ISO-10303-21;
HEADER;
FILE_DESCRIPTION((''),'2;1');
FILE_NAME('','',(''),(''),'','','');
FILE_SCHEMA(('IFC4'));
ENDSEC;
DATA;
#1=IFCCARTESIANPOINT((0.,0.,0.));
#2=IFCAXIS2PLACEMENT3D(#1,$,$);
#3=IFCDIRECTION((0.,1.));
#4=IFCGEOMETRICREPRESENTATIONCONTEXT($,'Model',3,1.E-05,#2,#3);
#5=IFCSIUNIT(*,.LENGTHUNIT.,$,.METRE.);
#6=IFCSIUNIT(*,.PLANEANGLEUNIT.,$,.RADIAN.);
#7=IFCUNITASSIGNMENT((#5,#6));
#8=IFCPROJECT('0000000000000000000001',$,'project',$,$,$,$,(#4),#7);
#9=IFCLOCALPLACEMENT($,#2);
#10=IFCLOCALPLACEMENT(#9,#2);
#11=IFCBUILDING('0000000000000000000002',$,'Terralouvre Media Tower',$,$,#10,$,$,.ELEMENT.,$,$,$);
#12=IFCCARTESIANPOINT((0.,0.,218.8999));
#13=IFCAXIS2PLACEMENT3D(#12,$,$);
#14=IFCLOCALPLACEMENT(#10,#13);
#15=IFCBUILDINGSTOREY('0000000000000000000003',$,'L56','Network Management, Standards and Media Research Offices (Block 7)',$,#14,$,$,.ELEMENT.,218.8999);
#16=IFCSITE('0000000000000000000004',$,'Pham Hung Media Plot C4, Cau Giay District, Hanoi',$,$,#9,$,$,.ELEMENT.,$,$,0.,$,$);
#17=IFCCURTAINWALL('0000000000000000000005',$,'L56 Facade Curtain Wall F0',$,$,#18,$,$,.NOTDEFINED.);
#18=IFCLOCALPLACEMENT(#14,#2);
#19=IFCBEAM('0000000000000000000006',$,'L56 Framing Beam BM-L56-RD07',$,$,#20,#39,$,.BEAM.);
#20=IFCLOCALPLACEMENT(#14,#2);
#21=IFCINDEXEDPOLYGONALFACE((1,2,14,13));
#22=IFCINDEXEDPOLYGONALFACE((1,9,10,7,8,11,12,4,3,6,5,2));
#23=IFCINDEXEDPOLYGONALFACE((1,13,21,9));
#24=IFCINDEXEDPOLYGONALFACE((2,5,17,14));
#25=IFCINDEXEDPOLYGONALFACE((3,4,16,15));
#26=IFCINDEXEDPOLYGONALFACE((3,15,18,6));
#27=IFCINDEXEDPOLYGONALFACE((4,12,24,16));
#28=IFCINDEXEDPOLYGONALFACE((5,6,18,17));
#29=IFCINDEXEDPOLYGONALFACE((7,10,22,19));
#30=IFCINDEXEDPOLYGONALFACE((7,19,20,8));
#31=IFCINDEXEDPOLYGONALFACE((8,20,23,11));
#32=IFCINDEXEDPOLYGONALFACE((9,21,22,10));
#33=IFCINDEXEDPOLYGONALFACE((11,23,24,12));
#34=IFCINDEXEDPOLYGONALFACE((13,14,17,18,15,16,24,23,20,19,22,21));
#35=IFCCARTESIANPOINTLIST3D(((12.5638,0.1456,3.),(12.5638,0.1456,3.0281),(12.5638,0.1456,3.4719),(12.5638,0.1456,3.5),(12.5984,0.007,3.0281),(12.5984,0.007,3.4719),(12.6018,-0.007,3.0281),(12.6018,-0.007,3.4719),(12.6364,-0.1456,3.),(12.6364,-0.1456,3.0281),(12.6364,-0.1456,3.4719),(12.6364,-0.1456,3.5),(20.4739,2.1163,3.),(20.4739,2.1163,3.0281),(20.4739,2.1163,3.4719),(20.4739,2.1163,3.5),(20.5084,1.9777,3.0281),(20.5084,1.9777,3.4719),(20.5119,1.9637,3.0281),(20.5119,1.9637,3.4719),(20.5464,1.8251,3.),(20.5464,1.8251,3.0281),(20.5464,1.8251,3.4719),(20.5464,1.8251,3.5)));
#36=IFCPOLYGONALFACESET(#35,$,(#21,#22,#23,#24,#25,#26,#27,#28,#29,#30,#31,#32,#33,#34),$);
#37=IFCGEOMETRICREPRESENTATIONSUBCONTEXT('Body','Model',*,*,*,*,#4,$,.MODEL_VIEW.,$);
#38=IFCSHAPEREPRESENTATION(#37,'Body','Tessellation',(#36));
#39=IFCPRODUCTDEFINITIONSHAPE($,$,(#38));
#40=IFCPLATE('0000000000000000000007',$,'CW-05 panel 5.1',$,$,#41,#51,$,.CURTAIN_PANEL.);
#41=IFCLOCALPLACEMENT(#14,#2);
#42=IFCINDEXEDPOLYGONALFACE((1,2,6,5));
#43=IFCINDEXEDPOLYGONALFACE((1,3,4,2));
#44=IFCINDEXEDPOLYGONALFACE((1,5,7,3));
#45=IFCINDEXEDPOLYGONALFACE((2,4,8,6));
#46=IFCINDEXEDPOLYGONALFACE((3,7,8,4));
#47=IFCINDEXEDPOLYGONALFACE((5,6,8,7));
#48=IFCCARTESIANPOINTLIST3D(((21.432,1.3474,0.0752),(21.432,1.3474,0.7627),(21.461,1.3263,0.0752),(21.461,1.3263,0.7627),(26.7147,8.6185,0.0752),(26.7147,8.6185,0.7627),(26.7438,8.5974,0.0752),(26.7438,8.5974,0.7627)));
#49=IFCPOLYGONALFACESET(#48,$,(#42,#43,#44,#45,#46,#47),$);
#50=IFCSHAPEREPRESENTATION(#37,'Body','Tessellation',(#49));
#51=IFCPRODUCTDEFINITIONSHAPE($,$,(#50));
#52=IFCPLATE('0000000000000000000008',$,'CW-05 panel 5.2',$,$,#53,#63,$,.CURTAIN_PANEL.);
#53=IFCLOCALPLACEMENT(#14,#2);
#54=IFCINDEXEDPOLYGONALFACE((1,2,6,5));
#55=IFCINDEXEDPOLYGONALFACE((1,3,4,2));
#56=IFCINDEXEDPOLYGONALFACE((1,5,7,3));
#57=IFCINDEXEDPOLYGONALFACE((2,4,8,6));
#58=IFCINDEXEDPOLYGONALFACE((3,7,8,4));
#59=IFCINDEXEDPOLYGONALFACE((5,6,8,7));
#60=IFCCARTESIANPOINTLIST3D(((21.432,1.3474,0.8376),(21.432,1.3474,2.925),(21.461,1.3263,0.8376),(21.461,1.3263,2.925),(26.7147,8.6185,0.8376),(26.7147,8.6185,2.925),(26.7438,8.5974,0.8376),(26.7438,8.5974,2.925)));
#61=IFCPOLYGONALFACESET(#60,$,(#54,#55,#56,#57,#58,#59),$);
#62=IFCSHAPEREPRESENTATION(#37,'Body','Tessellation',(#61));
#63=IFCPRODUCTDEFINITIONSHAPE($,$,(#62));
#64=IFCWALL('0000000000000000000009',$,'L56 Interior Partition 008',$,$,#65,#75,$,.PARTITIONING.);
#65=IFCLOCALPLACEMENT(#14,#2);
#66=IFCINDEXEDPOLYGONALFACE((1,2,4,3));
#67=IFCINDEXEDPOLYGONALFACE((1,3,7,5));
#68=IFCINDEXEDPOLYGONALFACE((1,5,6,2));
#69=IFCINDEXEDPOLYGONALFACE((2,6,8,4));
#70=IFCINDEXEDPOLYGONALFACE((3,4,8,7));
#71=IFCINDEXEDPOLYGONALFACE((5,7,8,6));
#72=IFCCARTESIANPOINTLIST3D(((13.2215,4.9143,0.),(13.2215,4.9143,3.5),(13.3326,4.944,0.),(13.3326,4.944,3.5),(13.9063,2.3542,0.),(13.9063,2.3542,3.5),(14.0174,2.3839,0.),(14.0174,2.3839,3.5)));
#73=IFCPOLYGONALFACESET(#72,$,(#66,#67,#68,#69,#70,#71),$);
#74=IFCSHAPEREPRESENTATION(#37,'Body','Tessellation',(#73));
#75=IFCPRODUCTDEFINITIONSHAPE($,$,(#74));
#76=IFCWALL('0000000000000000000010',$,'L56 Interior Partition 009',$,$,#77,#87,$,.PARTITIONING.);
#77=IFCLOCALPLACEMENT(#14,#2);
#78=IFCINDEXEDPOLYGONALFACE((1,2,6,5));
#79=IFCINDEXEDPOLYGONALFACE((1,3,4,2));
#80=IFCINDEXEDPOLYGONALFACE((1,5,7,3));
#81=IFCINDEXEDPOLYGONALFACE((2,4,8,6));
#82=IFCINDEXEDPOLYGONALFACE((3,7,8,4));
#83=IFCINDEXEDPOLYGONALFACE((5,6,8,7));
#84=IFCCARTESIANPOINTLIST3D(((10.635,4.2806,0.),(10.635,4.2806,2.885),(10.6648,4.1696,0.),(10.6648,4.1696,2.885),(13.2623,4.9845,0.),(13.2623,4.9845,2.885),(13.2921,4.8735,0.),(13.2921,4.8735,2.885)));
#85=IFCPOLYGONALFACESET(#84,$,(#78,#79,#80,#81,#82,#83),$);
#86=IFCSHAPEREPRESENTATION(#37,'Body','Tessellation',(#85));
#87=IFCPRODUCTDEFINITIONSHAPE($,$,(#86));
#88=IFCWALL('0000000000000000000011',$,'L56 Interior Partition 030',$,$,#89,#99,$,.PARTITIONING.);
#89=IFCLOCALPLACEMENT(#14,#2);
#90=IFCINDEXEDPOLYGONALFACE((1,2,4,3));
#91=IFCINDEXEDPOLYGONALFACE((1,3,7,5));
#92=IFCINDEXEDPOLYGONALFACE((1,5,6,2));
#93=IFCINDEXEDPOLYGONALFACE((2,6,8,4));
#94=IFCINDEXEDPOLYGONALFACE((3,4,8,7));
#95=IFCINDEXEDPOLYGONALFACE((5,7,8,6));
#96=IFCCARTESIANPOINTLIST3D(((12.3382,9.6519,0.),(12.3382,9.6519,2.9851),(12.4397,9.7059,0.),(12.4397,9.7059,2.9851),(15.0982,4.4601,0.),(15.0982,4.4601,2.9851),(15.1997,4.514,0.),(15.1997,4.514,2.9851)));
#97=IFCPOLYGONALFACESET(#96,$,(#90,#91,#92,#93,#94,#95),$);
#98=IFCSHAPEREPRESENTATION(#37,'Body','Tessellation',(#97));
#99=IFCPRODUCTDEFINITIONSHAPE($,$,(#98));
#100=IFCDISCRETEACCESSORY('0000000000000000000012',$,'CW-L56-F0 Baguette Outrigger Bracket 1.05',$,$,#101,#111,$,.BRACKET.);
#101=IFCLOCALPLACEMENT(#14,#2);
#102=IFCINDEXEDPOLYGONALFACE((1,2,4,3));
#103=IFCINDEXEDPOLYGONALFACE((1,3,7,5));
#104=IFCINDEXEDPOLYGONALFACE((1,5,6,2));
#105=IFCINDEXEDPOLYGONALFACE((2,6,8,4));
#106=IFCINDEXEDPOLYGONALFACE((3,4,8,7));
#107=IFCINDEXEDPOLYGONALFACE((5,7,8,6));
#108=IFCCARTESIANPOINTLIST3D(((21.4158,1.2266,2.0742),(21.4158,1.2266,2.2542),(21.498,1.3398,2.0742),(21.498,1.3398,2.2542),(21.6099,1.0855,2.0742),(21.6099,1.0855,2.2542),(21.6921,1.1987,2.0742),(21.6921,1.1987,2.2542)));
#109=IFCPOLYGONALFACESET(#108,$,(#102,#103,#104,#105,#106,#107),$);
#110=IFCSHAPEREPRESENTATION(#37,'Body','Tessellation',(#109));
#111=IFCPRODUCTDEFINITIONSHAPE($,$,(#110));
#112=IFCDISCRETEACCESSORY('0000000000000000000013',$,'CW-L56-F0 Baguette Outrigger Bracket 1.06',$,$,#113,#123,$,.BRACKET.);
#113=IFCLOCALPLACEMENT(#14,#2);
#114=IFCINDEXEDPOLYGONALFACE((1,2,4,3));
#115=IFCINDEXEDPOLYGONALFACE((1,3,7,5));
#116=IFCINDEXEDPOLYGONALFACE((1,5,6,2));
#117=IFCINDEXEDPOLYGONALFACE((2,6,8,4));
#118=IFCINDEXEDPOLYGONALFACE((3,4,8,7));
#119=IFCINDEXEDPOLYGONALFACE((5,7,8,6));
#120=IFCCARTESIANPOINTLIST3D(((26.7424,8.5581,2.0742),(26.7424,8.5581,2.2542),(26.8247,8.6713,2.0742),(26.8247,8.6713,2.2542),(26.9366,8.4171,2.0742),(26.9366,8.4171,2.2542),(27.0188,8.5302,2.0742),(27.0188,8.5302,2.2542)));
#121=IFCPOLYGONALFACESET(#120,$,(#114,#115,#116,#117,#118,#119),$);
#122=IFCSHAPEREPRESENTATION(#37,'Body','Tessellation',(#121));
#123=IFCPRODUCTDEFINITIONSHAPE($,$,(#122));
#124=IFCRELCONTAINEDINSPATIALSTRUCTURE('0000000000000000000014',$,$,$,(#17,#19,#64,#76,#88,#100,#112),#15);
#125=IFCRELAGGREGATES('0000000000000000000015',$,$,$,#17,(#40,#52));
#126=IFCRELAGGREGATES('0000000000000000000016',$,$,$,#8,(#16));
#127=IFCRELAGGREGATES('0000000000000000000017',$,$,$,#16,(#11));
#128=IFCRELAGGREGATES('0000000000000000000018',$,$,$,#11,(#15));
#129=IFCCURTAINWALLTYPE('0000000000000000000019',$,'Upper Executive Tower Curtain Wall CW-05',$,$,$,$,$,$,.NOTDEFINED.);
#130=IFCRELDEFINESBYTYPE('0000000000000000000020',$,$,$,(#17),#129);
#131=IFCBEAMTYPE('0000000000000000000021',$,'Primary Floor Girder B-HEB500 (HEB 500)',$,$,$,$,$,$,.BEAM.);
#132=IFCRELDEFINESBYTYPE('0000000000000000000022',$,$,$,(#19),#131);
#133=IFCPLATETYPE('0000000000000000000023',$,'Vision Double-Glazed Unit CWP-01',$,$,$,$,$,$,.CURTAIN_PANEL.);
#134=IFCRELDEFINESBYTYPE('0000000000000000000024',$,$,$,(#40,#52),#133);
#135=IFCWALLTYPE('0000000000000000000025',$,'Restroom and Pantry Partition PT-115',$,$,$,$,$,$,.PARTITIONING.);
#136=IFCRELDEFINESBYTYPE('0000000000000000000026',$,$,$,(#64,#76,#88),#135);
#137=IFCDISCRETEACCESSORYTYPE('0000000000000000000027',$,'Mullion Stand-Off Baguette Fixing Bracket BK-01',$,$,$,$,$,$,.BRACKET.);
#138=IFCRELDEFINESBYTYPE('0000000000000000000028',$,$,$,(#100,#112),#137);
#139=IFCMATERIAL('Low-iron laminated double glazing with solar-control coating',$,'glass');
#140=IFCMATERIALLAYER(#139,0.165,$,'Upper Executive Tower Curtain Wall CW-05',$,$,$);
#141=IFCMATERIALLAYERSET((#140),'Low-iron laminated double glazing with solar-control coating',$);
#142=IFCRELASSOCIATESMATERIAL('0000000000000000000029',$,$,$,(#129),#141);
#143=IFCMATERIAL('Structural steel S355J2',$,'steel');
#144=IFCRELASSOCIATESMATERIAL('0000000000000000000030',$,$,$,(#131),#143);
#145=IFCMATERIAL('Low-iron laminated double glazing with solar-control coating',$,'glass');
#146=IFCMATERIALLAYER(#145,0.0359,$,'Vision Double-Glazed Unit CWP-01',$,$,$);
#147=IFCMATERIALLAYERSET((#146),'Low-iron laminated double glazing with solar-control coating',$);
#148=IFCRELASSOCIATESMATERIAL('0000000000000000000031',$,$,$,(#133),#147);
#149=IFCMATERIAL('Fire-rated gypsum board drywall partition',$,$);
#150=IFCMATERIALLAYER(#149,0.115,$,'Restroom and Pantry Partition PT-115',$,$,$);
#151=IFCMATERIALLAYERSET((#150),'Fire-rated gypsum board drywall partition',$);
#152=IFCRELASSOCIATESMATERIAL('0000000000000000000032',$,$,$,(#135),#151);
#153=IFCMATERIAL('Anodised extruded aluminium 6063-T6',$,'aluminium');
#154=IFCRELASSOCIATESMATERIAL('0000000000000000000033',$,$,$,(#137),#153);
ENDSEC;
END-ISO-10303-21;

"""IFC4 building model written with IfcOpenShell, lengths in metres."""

from ifc_helpers import new_model, si_unit, direction, frame, frame_2d, origin, origin_2d, place, context, subcontext, project, spatial, rectangle, i_section, extrude, material, layer, layer_set, material_profile, profile_set, type_object, element, aggregate, save


model = new_model("IFC4")

# Units and contexts
model_context = context("Model", 3, precision=1e-05, world=origin(), true_north=direction((0.0, 1.0)))
body_context = subcontext(model_context, "Body", "Model", "MODEL_VIEW")
ifc_project = project(units=[si_unit("LENGTHUNIT", "METRE"), si_unit("PLANEANGLEUNIT", "RADIAN")], contexts=[model_context])

# Site, building, storey
site_placement = place(None, origin())
site = spatial("IfcSite", under=ifc_project, at=site_placement, Name="Pham Hung Media Plot C4, Cau Giay District, Hanoi", CompositionType="ELEMENT", RefElevation=0.0)
building_placement = place(site_placement, origin())
building = spatial("IfcBuilding", under=site, at=building_placement, Name="Terralouvre Media Tower", CompositionType="ELEMENT")
storey_placement = place(building_placement, frame((0.0, 0.0, 218.8999)))
storey = spatial("IfcBuildingStorey", under=building, at=storey_placement, Name="L56", Description="Network Management, Standards and Media Research Offices (Block 7)", CompositionType="ELEMENT", Elevation=218.8999)

# Curtain wall
ifc_material_1 = material(Name="Low-iron laminated double glazing with solar-control coating", Category="glass")
ifc_layer_1 = layer(ifc_material_1, 0.165, Name="Upper Executive Tower Curtain Wall CW-05")
ifc_layer_set_1 = layer_set([ifc_layer_1], Name="Low-iron laminated double glazing with solar-control coating")
curtain_wall_type_1 = type_object("IfcCurtainWallType", Name="Upper Executive Tower Curtain Wall CW-05", PredefinedType="NOTDEFINED", material=ifc_layer_set_1)
curtain_wall_1_placement = place(storey_placement, origin())
curtain_wall_1 = element("IfcCurtainWall", 1, at=curtain_wall_1_placement, inside=storey, type_object=curtain_wall_type_1, Name="L56 Facade Curtain Wall F0", PredefinedType="NOTDEFINED")

# Beam
ifc_material_2 = material(Name="Structural steel S355J2", Category="steel")
ifc_material_profile_1 = material_profile(ifc_material_2, i_section(OverallWidth=0.3, OverallDepth=0.5, WebThickness=0.0144, FlangeThickness=0.0281, at=origin_2d()), Name="HEB 500")
ifc_profile_set_1 = profile_set([ifc_material_profile_1], Name="Structural steel S355J2")
beam_type_1 = type_object("IfcBeamType", Name="Primary Floor Girder B-HEB500 (HEB 500)", PredefinedType="BEAM", material=ifc_profile_set_1)
beam_1_placement = place(storey_placement, frame((12.6001, 0.0, 3.25), z_axis=(0.970339, 0.241746, 0.0), x_axis=(-0.241746, 0.970339, 0.0)))
element("IfcBeam", 2, at=beam_1_placement, inside=storey, type_object=beam_type_1, Name="L56 Framing Beam BM-L56-RD07", PredefinedType="BEAM", context=body_context, shape_type="SweptSolid", body=[
    extrude(i_section(OverallWidth=0.3, OverallDepth=0.5, WebThickness=0.0144, FlangeThickness=0.0281, at=origin_2d()), origin(), (0.0, 0.0, 1.0), 8.1519),
])

# Plates
ifc_material_3 = material(Name="Low-iron laminated double glazing with solar-control coating", Category="glass")
ifc_layer_2 = layer(ifc_material_3, 0.0359, Name="Vision Double-Glazed Unit CWP-01")
ifc_layer_set_2 = layer_set([ifc_layer_2], Name="Low-iron laminated double glazing with solar-control coating")
plate_type = type_object("IfcPlateType", Name="Vision Double-Glazed Unit CWP-01", PredefinedType="CURTAIN_PANEL", material=ifc_layer_set_2)
plate_1_placement = place(storey_placement, frame((24.0879, 4.9724, 0.0752), z_axis=(0.0, 0.0, 1.0), x_axis=(0.587785, 0.809017, 0.0)))
plate_1 = element("IfcPlate", 3, at=plate_1_placement, type_object=plate_type, Name="CW-05 panel 5.1", PredefinedType="CURTAIN_PANEL", context=body_context, shape_type="SweptSolid", body=[
    extrude(rectangle(XDim=8.9875, YDim=0.0359, at=origin_2d()), origin(), (0.0, 0.0, 1.0), 0.6875),
])
plate_2_placement = place(storey_placement, frame((24.0879, 4.9724, 0.8376), z_axis=(0.0, 0.0, 1.0), x_axis=(0.587785, 0.809017, 0.0)))
plate_2 = element("IfcPlate", 4, at=plate_2_placement, type_object=plate_type, Name="CW-05 panel 5.2", PredefinedType="CURTAIN_PANEL", context=body_context, shape_type="SweptSolid", body=[
    extrude(rectangle(XDim=8.9875, YDim=0.0359, at=origin_2d()), origin(), (0.0, 0.0, 1.0), 2.0874),
])
aggregate(curtain_wall_1, [plate_1, plate_2])

# Walls
ifc_material_4 = material(Name="Fire-rated gypsum board drywall partition")
ifc_layer_3 = layer(ifc_material_4, 0.115, Name="Restroom and Pantry Partition PT-115")
ifc_layer_set_3 = layer_set([ifc_layer_3], Name="Fire-rated gypsum board drywall partition")
wall_type = type_object("IfcWallType", Name="Restroom and Pantry Partition PT-115", PredefinedType="PARTITIONING", material=ifc_layer_set_3)
wall_1_placement = place(storey_placement, frame((13.9619, 2.3689, 0.0), z_axis=(0.0, 0.0, 1.0), x_axis=(-0.258414, 0.966034, 0.0)))
element("IfcWall", 5, at=wall_1_placement, inside=storey, type_object=wall_type, Name="L56 Interior Partition 008", PredefinedType="PARTITIONING", context=body_context, shape_type="SweptSolid", body=[
    extrude(rectangle(XDim=2.6501, YDim=0.115, at=frame_2d((1.3252, 0.0))), origin(), (0.0, 0.0, 1.0), 3.5),
])
wall_2_placement = place(storey_placement, frame((13.2771, 4.929, 0.0), z_axis=(0.0, 0.0, 1.0), x_axis=(-0.965935, -0.258785, 0.0)))
element("IfcWall", 6, at=wall_2_placement, inside=storey, type_object=wall_type, Name="L56 Interior Partition 009", PredefinedType="PARTITIONING", context=body_context, shape_type="SweptSolid", body=[
    extrude(rectangle(XDim=2.72, YDim=0.115, at=frame_2d((1.3599, 0.0))), origin(), (0.0, 0.0, 1.0), 2.885),
])
wall_3_placement = place(storey_placement, frame((15.1489, 4.4871, 0.0), z_axis=(0.0, 0.0, 1.0), x_axis=(-0.469396, 0.882988, 0.0)))
element("IfcWall", 7, at=wall_3_placement, inside=storey, type_object=wall_type, Name="L56 Interior Partition 030", PredefinedType="PARTITIONING", context=body_context, shape_type="SweptSolid", body=[
    extrude(rectangle(XDim=5.8799, YDim=0.115, at=frame_2d((2.9399, 0.0))), origin(), (0.0, 0.0, 1.0), 2.9851),
])

# Discrete accessories
ifc_material_5 = material(Name="Anodised extruded aluminium 6063-T6", Category="aluminium")
discrete_accessory_type = type_object("IfcDiscreteAccessoryType", Name="Mullion Stand-Off Baguette Fixing Bracket BK-01", PredefinedType="BRACKET", material=ifc_material_5)
for number, where, z_axis, x_axis, name in (
    (8, (21.554, 1.2126, 2.0742), (0.0, 0.0, 1.0), (0.587785, 0.809017, 0.0), "CW-L56-F0 Baguette Outrigger Bracket 1.05"),
    (9, (26.8806, 8.5442, 2.0742), (0.0, 0.0, 1.0), (0.587785, 0.809017, 0.0), "CW-L56-F0 Baguette Outrigger Bracket 1.06"),
):
    element("IfcDiscreteAccessory", number, at=place(storey_placement, frame(where, z_axis=z_axis, x_axis=x_axis)), inside=storey, type_object=discrete_accessory_type, Name=name, PredefinedType="BRACKET", context=body_context, shape_type="SweptSolid", body=[
        extrude(rectangle(XDim=0.1399, YDim=0.24, at=origin_2d()), origin(), (0.0, 0.0, 1.0), 0.1799),
    ])

save(model, "model.ifc")
